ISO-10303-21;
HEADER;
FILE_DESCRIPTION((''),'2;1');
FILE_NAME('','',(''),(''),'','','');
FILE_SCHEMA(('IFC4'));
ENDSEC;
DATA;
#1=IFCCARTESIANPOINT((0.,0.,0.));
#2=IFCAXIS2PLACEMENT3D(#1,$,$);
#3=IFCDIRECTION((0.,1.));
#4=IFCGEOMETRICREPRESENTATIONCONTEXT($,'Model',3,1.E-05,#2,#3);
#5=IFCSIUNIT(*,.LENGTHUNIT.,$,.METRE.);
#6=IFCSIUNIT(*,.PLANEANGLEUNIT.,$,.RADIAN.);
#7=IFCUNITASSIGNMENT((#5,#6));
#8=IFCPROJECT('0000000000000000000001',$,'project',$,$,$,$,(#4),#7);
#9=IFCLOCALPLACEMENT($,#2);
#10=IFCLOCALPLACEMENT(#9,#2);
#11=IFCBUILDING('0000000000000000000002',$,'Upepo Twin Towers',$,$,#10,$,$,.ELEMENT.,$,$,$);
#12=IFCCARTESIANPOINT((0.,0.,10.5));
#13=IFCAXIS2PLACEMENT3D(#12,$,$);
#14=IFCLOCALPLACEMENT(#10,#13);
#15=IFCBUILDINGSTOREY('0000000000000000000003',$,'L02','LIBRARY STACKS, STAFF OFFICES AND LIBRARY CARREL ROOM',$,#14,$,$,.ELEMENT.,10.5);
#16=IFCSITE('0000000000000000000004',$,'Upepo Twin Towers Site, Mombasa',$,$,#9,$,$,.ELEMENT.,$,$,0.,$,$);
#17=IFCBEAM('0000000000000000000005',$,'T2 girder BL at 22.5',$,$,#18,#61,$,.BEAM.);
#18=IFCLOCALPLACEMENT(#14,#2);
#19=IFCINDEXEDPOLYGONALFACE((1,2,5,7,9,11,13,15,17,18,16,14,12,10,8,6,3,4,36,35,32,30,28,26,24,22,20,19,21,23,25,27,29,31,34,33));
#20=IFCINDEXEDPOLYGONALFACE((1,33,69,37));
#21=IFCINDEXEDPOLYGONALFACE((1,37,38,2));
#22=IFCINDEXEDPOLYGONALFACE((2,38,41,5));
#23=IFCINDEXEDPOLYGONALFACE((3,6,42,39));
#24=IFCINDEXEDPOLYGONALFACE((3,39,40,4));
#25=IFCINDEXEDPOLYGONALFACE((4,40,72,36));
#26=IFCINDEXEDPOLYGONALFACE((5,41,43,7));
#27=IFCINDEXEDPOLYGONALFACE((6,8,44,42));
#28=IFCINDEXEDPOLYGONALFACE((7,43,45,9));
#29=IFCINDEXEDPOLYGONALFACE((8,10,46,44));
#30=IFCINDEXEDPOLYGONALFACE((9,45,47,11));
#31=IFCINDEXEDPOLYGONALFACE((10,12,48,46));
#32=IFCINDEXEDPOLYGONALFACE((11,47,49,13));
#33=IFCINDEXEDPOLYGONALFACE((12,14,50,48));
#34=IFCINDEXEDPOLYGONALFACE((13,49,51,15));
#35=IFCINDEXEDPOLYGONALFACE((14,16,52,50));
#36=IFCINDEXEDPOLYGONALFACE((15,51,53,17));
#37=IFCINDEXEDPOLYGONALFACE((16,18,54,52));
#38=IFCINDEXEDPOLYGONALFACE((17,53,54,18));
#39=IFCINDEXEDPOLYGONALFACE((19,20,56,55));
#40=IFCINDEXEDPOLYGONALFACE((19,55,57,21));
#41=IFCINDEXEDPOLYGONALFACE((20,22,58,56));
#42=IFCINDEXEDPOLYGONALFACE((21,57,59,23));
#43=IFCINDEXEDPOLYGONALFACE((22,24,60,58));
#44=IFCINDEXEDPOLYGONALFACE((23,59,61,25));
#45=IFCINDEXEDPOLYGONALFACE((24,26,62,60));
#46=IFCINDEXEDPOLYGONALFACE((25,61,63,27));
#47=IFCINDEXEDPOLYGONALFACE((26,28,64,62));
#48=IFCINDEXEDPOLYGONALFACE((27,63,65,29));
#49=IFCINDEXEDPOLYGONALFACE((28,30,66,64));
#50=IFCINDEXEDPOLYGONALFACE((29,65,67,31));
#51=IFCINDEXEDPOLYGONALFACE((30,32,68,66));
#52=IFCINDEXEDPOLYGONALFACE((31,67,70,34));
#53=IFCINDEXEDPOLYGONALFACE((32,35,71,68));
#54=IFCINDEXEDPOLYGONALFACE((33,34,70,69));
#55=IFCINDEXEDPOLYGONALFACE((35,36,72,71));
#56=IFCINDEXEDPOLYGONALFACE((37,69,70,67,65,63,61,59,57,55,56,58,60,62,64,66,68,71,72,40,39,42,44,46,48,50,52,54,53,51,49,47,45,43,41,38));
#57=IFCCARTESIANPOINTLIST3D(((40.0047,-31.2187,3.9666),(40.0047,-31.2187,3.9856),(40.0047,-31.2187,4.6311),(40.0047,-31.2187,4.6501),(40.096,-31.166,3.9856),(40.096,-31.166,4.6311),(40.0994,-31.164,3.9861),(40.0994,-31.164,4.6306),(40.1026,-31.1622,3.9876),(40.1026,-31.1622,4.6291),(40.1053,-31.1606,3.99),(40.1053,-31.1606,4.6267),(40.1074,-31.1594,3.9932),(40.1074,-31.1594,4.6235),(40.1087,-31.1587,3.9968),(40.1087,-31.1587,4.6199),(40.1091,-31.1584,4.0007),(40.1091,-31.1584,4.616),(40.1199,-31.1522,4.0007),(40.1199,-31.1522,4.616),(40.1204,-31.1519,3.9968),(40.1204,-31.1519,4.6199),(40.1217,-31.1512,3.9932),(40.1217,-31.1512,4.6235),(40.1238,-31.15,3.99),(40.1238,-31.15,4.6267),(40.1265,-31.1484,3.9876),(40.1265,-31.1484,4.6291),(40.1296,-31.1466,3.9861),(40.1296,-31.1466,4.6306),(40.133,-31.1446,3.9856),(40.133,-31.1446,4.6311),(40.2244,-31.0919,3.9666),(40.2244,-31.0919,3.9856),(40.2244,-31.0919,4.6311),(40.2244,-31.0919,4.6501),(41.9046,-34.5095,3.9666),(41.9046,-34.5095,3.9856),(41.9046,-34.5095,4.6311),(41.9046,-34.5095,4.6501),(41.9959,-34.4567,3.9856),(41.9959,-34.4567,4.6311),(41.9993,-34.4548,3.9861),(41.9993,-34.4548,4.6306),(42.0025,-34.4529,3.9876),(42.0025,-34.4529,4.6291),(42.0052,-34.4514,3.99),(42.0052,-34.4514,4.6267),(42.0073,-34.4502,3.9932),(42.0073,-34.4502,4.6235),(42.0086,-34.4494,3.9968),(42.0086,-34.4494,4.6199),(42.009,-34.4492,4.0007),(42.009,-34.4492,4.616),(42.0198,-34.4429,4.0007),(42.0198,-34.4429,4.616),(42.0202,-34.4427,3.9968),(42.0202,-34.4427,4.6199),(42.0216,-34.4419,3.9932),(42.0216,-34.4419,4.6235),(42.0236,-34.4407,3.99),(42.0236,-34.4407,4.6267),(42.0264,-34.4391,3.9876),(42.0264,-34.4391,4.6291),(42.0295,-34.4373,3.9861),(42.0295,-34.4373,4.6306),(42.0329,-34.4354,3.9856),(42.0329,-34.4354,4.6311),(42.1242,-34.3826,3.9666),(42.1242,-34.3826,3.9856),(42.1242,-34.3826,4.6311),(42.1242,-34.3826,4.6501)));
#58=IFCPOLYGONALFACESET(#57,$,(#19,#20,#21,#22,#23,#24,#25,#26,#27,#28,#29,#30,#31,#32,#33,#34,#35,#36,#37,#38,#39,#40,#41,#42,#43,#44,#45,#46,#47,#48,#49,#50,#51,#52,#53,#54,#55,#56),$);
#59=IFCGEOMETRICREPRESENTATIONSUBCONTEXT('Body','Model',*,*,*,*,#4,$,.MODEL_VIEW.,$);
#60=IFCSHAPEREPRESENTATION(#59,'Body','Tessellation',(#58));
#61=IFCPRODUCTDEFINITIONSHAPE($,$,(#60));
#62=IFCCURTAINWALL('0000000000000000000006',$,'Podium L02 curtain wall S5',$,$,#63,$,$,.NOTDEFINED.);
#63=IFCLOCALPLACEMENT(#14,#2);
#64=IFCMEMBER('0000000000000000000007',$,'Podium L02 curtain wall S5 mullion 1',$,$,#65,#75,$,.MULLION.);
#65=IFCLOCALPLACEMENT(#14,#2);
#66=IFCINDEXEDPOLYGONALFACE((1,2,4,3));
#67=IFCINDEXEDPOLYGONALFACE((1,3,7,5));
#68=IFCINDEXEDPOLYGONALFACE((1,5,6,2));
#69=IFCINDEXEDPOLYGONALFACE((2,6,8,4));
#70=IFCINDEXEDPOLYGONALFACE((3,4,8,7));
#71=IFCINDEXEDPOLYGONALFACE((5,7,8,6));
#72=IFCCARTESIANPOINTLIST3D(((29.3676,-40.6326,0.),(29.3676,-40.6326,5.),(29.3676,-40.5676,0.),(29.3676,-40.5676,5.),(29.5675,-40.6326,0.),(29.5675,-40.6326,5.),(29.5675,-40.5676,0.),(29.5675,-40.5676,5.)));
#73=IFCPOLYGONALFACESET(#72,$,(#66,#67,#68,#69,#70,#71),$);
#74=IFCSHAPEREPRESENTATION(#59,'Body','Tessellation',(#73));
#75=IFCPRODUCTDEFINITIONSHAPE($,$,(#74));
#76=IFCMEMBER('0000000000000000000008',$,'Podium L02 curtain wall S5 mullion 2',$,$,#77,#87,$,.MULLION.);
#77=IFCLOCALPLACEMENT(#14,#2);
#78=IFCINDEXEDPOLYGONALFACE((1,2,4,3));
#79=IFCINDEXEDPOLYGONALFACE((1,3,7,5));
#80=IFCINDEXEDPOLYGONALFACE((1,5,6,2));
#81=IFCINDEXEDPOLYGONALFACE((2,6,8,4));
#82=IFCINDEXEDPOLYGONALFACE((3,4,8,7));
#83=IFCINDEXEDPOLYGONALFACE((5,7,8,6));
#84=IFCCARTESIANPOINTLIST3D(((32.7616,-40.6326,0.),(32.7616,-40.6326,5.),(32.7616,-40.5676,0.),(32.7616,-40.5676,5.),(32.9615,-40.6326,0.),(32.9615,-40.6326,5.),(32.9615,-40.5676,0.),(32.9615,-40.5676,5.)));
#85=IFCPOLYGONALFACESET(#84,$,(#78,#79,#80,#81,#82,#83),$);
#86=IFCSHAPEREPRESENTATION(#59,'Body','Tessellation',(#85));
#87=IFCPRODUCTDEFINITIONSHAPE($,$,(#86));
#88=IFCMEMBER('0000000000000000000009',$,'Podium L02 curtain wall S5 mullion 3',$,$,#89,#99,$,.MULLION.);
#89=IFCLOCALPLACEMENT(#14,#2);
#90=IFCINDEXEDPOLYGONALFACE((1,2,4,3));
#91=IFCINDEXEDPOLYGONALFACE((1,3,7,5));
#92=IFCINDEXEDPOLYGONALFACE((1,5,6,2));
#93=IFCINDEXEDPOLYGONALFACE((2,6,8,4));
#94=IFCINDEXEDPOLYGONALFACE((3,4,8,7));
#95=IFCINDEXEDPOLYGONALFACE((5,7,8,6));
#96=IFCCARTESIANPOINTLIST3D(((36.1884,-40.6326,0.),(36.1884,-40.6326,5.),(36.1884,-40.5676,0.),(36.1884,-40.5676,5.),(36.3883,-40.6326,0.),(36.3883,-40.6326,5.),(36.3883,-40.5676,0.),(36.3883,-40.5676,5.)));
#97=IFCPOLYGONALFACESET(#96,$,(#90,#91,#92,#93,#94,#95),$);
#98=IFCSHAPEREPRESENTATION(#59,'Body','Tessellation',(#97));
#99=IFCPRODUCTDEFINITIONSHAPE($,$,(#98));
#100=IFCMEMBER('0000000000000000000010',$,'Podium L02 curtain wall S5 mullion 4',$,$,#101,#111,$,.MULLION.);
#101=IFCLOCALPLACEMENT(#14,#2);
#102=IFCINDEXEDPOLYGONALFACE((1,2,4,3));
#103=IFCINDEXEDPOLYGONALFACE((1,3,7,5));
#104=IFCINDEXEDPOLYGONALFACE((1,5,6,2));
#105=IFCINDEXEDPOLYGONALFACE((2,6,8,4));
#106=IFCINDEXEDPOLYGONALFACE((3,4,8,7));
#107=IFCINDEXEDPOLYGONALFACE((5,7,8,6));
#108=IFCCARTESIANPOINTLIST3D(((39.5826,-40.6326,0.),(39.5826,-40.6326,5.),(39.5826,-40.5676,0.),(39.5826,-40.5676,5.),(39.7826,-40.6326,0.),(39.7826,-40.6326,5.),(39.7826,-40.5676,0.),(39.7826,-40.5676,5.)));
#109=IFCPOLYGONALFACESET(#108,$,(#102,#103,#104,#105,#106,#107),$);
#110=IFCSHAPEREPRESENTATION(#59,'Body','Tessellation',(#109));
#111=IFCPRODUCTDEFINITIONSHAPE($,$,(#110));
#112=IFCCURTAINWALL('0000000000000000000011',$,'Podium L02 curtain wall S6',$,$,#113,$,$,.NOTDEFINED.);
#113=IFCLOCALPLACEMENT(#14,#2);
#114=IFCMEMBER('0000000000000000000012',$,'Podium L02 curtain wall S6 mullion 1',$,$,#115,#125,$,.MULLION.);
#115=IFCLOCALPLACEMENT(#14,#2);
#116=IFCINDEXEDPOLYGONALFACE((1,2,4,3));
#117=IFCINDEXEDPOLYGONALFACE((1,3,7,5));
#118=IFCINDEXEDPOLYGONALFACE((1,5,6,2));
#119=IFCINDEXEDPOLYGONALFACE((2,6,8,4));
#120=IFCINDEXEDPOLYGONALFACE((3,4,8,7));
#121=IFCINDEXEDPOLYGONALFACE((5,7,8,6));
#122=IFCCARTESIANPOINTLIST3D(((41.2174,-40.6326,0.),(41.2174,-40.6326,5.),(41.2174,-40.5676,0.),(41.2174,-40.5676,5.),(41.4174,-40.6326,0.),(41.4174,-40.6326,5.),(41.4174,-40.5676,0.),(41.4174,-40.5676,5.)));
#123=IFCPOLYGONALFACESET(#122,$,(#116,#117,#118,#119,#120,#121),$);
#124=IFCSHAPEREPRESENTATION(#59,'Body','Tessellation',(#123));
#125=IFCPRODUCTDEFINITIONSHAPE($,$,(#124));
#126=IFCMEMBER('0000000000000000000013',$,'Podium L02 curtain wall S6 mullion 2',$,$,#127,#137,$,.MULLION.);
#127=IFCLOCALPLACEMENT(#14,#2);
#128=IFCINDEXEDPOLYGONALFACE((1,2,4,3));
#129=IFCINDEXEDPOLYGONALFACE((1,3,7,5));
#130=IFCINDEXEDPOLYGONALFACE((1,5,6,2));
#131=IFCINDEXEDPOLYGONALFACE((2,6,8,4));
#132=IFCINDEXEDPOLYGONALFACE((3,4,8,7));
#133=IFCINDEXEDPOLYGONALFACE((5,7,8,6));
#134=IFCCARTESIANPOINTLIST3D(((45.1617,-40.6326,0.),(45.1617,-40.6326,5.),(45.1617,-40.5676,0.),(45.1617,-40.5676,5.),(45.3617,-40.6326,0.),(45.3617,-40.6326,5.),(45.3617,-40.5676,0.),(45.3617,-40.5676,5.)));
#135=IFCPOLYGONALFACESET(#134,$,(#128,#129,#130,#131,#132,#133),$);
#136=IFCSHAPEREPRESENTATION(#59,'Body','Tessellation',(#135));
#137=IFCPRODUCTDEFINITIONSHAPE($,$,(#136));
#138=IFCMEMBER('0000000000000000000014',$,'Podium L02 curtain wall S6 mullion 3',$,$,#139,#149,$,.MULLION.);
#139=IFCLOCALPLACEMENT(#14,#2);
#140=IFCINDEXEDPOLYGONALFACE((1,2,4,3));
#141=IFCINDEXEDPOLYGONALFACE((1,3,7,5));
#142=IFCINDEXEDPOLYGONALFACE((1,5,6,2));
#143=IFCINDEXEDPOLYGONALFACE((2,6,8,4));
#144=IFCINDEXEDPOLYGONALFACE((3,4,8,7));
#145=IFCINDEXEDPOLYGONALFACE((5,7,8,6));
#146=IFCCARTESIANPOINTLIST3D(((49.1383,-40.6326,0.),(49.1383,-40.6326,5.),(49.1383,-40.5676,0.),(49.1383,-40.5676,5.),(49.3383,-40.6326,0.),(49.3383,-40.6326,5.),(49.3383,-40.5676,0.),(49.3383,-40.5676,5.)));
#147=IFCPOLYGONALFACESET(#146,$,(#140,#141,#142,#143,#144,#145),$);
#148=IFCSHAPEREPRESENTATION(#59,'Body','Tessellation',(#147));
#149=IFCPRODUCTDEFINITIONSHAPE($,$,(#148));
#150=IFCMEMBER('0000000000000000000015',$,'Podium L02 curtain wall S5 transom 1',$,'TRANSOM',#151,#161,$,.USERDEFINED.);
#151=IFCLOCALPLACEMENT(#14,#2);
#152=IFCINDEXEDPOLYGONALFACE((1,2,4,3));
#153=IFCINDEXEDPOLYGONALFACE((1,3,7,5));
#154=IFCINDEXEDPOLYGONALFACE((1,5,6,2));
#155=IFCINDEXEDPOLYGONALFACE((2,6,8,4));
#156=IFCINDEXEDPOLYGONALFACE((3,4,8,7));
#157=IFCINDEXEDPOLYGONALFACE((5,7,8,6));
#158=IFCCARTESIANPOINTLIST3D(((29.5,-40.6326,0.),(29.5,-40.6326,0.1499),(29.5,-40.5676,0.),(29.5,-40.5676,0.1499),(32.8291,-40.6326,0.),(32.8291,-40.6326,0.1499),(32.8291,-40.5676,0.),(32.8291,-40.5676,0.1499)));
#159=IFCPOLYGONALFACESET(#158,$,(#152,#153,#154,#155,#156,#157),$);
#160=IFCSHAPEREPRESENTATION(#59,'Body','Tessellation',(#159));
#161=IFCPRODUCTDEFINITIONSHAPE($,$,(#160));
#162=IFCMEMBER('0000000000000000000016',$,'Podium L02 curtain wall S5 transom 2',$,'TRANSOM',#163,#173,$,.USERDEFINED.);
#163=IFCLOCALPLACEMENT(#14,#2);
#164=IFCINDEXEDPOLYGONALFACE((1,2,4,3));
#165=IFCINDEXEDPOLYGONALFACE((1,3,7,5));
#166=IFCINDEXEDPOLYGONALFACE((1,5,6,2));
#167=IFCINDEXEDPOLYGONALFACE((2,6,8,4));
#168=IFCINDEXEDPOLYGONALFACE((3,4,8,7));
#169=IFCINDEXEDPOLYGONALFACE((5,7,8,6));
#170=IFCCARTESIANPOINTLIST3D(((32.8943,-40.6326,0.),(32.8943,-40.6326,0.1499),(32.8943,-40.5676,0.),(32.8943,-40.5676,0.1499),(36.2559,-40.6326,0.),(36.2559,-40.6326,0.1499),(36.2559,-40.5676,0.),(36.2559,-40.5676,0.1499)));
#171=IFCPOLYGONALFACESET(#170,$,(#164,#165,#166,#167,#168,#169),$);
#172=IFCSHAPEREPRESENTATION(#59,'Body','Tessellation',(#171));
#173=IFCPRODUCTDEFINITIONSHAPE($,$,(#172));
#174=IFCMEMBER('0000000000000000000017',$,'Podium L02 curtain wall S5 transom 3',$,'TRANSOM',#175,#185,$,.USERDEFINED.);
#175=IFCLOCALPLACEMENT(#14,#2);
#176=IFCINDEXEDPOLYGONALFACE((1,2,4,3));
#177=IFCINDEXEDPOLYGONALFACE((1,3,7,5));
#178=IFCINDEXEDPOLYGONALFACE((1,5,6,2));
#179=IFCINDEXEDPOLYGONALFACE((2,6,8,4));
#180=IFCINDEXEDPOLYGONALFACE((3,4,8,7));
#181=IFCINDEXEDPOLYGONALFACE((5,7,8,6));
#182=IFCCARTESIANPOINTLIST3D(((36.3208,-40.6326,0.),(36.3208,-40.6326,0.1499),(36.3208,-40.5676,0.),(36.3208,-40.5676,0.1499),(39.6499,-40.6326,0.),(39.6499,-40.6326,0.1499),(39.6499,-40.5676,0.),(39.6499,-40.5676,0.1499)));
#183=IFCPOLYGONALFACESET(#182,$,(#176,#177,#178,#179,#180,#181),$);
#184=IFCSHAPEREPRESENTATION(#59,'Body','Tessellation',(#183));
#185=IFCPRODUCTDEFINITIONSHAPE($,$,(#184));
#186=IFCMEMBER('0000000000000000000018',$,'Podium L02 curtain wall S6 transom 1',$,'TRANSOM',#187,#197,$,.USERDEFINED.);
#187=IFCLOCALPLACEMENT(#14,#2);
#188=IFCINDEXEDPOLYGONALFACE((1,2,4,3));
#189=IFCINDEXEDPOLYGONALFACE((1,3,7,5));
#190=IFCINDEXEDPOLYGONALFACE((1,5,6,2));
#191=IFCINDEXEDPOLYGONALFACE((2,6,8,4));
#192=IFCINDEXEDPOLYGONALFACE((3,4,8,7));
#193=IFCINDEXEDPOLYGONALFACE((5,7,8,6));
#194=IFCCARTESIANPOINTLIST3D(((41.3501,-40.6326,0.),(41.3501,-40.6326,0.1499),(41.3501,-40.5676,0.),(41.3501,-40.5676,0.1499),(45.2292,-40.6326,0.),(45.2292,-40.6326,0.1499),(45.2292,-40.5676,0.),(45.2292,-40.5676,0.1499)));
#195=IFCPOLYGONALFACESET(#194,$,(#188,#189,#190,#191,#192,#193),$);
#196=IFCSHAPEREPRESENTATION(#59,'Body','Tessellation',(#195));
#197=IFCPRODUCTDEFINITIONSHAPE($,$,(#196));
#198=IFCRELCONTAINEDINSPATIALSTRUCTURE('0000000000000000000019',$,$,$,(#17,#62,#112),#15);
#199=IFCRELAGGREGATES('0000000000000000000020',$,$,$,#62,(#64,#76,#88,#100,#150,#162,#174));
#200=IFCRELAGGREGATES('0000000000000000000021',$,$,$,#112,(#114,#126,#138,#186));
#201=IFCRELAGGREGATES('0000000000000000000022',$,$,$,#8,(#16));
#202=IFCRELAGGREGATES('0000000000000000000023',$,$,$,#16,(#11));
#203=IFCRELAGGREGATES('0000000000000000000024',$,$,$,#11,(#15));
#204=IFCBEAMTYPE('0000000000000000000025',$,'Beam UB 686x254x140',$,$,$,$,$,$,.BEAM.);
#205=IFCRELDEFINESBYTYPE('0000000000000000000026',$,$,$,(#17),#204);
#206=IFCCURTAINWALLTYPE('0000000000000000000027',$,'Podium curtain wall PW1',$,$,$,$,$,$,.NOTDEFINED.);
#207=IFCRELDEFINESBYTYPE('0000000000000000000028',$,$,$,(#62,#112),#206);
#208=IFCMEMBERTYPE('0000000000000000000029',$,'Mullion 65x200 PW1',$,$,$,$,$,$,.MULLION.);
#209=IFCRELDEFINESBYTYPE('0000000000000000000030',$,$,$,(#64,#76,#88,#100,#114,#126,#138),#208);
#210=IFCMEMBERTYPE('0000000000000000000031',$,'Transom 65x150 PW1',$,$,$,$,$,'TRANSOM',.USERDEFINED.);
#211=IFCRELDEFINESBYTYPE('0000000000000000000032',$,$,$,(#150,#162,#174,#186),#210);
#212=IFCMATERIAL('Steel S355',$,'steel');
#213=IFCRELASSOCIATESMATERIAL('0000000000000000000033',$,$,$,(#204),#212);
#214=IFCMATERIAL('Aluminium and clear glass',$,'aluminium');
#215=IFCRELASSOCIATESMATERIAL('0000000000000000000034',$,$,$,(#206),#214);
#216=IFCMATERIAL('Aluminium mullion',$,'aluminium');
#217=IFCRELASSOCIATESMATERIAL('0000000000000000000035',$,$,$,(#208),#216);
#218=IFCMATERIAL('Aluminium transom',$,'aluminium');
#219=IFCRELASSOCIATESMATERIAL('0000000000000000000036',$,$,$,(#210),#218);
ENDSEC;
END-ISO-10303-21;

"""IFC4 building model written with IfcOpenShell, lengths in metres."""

from ifc_helpers import new_model, si_unit, direction, frame, origin, origin_2d, place, context, subcontext, project, spatial, rectangle, i_section, extrude, material, material_profile, profile_set, type_object, element, aggregate, save


model = new_model("IFC4")

# Units and contexts
model_context = context("Model", 3, precision=1e-05, world=origin(), true_north=direction((0.0, 1.0)))
body_context = subcontext(model_context, "Body", "Model", "MODEL_VIEW")
ifc_project = project(units=[si_unit("LENGTHUNIT", "METRE"), si_unit("PLANEANGLEUNIT", "RADIAN")], contexts=[model_context])

# Site, building, storey
site_placement = place(None, origin())
site = spatial("IfcSite", under=ifc_project, at=site_placement, Name="Upepo Twin Towers Site, Mombasa", CompositionType="ELEMENT", RefElevation=0.0)
building_placement = place(site_placement, origin())
building = spatial("IfcBuilding", under=site, at=building_placement, Name="Upepo Twin Towers", CompositionType="ELEMENT")
storey_placement = place(building_placement, frame((0.0, 0.0, 10.5)))
storey = spatial("IfcBuildingStorey", under=building, at=storey_placement, Name="L02", Description="LIBRARY STACKS, STAFF OFFICES AND LIBRARY CARREL ROOM", CompositionType="ELEMENT", Elevation=10.5)

# Beam
ifc_material_1 = material(Name="Steel S355", Category="steel")
ifc_material_profile_1 = material_profile(ifc_material_1, i_section(OverallWidth=0.2537, OverallDepth=0.6836, WebThickness=0.0125, FlangeThickness=0.019, FilletRadius=0.0151, at=origin_2d()), Name="UB 686x254x140")
ifc_profile_set_1 = profile_set([ifc_material_profile_1], Name="Steel S355")
beam_type_1 = type_object("IfcBeamType", Name="Beam UB 686x254x140", PredefinedType="BEAM", material=ifc_profile_set_1)
beam_1_placement = place(storey_placement, frame((42.0144, -34.446, 4.3083), z_axis=(-0.499995, 0.866028, 0.0), x_axis=(-0.866028, -0.499995, 0.0)))
element("IfcBeam", 1, at=beam_1_placement, inside=storey, type_object=beam_type_1, Name="T2 girder BL at 22.5", PredefinedType="BEAM", context=body_context, shape_type="SweptSolid", body=[
    extrude(i_section(OverallWidth=0.2537, OverallDepth=0.6836, WebThickness=0.0125, FlangeThickness=0.019, FilletRadius=0.0151, at=origin_2d()), origin(), (0.0, 0.0, 1.0), 3.7998),
])

# Curtain walls, members
ifc_material_2 = material(Name="Aluminium and clear glass", Category="aluminium")
curtain_wall_type = type_object("IfcCurtainWallType", Name="Podium curtain wall PW1", PredefinedType="NOTDEFINED", material=ifc_material_2)
curtain_wall_1_placement = place(storey_placement, origin())
curtain_wall_1 = element("IfcCurtainWall", 2, at=curtain_wall_1_placement, inside=storey, type_object=curtain_wall_type, Name="Podium L02 curtain wall S5", PredefinedType="NOTDEFINED")
ifc_material_3 = material(Name="Aluminium mullion", Category="aluminium")
ifc_material_profile_2 = material_profile(ifc_material_3, rectangle(XDim=0.0649, YDim=0.2, at=origin_2d()), Name="MULLION 65x200 PODIUM")
ifc_profile_set_2 = profile_set([ifc_material_profile_2], Name="Aluminium mullion")
member_type_1 = type_object("IfcMemberType", Name="Mullion 65x200 PW1", PredefinedType="MULLION", material=ifc_profile_set_2)
member_1_placement = place(storey_placement, frame((29.4675, -40.6001, 0.0), z_axis=(0.0, 0.0, 1.0), x_axis=(0.0, 1.0, 0.0)))
member_1 = element("IfcMember", 3, at=member_1_placement, type_object=member_type_1, Name="Podium L02 curtain wall S5 mullion 1", PredefinedType="MULLION", context=body_context, shape_type="SweptSolid", body=[
    extrude(rectangle(XDim=0.0649, YDim=0.2, at=origin_2d()), origin(), (0.0, 0.0, 1.0), 5.0),
])
member_2_placement = place(storey_placement, frame((32.8616, -40.6001, 0.0), z_axis=(0.0, 0.0, 1.0), x_axis=(0.0, 1.0, 0.0)))
member_2 = element("IfcMember", 4, at=member_2_placement, type_object=member_type_1, Name="Podium L02 curtain wall S5 mullion 2", PredefinedType="MULLION", context=body_context, shape_type="SweptSolid", body=[
    extrude(rectangle(XDim=0.0649, YDim=0.2, at=origin_2d()), origin(), (0.0, 0.0, 1.0), 5.0),
])
member_3_placement = place(storey_placement, frame((36.2883, -40.6001, 0.0), z_axis=(0.0, 0.0, 1.0), x_axis=(0.0, 1.0, 0.0)))
member_3 = element("IfcMember", 5, at=member_3_placement, type_object=member_type_1, Name="Podium L02 curtain wall S5 mullion 3", PredefinedType="MULLION", context=body_context, shape_type="SweptSolid", body=[
    extrude(rectangle(XDim=0.0649, YDim=0.2, at=origin_2d()), origin(), (0.0, 0.0, 1.0), 5.0),
])
member_4_placement = place(storey_placement, frame((39.6826, -40.6001, 0.0), z_axis=(0.0, 0.0, 1.0), x_axis=(0.0, 1.0, 0.0)))
member_4 = element("IfcMember", 6, at=member_4_placement, type_object=member_type_1, Name="Podium L02 curtain wall S5 mullion 4", PredefinedType="MULLION", context=body_context, shape_type="SweptSolid", body=[
    extrude(rectangle(XDim=0.0649, YDim=0.2, at=origin_2d()), origin(), (0.0, 0.0, 1.0), 5.0),
])
curtain_wall_2_placement = place(storey_placement, origin())
curtain_wall_2 = element("IfcCurtainWall", 7, at=curtain_wall_2_placement, inside=storey, type_object=curtain_wall_type, Name="Podium L02 curtain wall S6", PredefinedType="NOTDEFINED")
member_5_placement = place(storey_placement, frame((41.3174, -40.6001, 0.0), z_axis=(0.0, 0.0, 1.0), x_axis=(0.0, 1.0, 0.0)))
member_5 = element("IfcMember", 8, at=member_5_placement, type_object=member_type_1, Name="Podium L02 curtain wall S6 mullion 1", PredefinedType="MULLION", context=body_context, shape_type="SweptSolid", body=[
    extrude(rectangle(XDim=0.0649, YDim=0.2, at=origin_2d()), origin(), (0.0, 0.0, 1.0), 5.0),
])
member_6_placement = place(storey_placement, frame((45.2617, -40.6001, 0.0), z_axis=(0.0, 0.0, 1.0), x_axis=(0.0, 1.0, 0.0)))
member_6 = element("IfcMember", 9, at=member_6_placement, type_object=member_type_1, Name="Podium L02 curtain wall S6 mullion 2", PredefinedType="MULLION", context=body_context, shape_type="SweptSolid", body=[
    extrude(rectangle(XDim=0.0649, YDim=0.2, at=origin_2d()), origin(), (0.0, 0.0, 1.0), 5.0),
])
member_7_placement = place(storey_placement, frame((49.2383, -40.6001, 0.0), z_axis=(0.0, 0.0, 1.0), x_axis=(0.0, 1.0, 0.0)))
member_7 = element("IfcMember", 10, at=member_7_placement, type_object=member_type_1, Name="Podium L02 curtain wall S6 mullion 3", PredefinedType="MULLION", context=body_context, shape_type="SweptSolid", body=[
    extrude(rectangle(XDim=0.0649, YDim=0.2, at=origin_2d()), origin(), (0.0, 0.0, 1.0), 5.0),
])

# Members
ifc_material_4 = material(Name="Aluminium transom", Category="aluminium")
ifc_material_profile_3 = material_profile(ifc_material_4, rectangle(XDim=0.0649, YDim=0.1499, at=origin_2d()), Name="TRANSOM 65x150 PODIUM")
ifc_profile_set_3 = profile_set([ifc_material_profile_3], Name="Aluminium transom")
member_type_2 = type_object("IfcMemberType", Name="Transom 65x150 PW1", ElementType="TRANSOM", PredefinedType="USERDEFINED", material=ifc_profile_set_3)
member_8_placement = place(storey_placement, frame((29.5, -40.6001, 0.075), z_axis=(1.0, 0.0, 0.0), x_axis=(0.0, 1.0, 0.0)))
member_8 = element("IfcMember", 11, at=member_8_placement, type_object=member_type_2, Name="Podium L02 curtain wall S5 transom 1", ObjectType="TRANSOM", PredefinedType="USERDEFINED", context=body_context, shape_type="SweptSolid", body=[
    extrude(rectangle(XDim=0.0649, YDim=0.1499, at=origin_2d()), origin(), (0.0, 0.0, 1.0), 3.3291),
])
member_9_placement = place(storey_placement, frame((32.8943, -40.6001, 0.075), z_axis=(1.0, 0.0, 0.0), x_axis=(0.0, 1.0, 0.0)))
member_9 = element("IfcMember", 12, at=member_9_placement, type_object=member_type_2, Name="Podium L02 curtain wall S5 transom 2", ObjectType="TRANSOM", PredefinedType="USERDEFINED", context=body_context, shape_type="SweptSolid", body=[
    extrude(rectangle(XDim=0.0649, YDim=0.1499, at=origin_2d()), origin(), (0.0, 0.0, 1.0), 3.3616),
])
member_10_placement = place(storey_placement, frame((36.3208, -40.6001, 0.075), z_axis=(1.0, 0.0, 0.0), x_axis=(0.0, 1.0, 0.0)))
member_10 = element("IfcMember", 13, at=member_10_placement, type_object=member_type_2, Name="Podium L02 curtain wall S5 transom 3", ObjectType="TRANSOM", PredefinedType="USERDEFINED", context=body_context, shape_type="SweptSolid", body=[
    extrude(rectangle(XDim=0.0649, YDim=0.1499, at=origin_2d()), origin(), (0.0, 0.0, 1.0), 3.3291),
])
member_11_placement = place(storey_placement, frame((41.3501, -40.6001, 0.075), z_axis=(1.0, 0.0, 0.0), x_axis=(0.0, 1.0, 0.0)))
member_11 = element("IfcMember", 14, at=member_11_placement, type_object=member_type_2, Name="Podium L02 curtain wall S6 transom 1", ObjectType="TRANSOM", PredefinedType="USERDEFINED", context=body_context, shape_type="SweptSolid", body=[
    extrude(rectangle(XDim=0.0649, YDim=0.1499, at=origin_2d()), origin(), (0.0, 0.0, 1.0), 3.8792),
])

aggregate(curtain_wall_1, [member_1, member_2, member_3, member_4, member_8, member_9, member_10])
aggregate(curtain_wall_2, [member_5, member_6, member_7, member_11])

save(model, "model.ifc")
